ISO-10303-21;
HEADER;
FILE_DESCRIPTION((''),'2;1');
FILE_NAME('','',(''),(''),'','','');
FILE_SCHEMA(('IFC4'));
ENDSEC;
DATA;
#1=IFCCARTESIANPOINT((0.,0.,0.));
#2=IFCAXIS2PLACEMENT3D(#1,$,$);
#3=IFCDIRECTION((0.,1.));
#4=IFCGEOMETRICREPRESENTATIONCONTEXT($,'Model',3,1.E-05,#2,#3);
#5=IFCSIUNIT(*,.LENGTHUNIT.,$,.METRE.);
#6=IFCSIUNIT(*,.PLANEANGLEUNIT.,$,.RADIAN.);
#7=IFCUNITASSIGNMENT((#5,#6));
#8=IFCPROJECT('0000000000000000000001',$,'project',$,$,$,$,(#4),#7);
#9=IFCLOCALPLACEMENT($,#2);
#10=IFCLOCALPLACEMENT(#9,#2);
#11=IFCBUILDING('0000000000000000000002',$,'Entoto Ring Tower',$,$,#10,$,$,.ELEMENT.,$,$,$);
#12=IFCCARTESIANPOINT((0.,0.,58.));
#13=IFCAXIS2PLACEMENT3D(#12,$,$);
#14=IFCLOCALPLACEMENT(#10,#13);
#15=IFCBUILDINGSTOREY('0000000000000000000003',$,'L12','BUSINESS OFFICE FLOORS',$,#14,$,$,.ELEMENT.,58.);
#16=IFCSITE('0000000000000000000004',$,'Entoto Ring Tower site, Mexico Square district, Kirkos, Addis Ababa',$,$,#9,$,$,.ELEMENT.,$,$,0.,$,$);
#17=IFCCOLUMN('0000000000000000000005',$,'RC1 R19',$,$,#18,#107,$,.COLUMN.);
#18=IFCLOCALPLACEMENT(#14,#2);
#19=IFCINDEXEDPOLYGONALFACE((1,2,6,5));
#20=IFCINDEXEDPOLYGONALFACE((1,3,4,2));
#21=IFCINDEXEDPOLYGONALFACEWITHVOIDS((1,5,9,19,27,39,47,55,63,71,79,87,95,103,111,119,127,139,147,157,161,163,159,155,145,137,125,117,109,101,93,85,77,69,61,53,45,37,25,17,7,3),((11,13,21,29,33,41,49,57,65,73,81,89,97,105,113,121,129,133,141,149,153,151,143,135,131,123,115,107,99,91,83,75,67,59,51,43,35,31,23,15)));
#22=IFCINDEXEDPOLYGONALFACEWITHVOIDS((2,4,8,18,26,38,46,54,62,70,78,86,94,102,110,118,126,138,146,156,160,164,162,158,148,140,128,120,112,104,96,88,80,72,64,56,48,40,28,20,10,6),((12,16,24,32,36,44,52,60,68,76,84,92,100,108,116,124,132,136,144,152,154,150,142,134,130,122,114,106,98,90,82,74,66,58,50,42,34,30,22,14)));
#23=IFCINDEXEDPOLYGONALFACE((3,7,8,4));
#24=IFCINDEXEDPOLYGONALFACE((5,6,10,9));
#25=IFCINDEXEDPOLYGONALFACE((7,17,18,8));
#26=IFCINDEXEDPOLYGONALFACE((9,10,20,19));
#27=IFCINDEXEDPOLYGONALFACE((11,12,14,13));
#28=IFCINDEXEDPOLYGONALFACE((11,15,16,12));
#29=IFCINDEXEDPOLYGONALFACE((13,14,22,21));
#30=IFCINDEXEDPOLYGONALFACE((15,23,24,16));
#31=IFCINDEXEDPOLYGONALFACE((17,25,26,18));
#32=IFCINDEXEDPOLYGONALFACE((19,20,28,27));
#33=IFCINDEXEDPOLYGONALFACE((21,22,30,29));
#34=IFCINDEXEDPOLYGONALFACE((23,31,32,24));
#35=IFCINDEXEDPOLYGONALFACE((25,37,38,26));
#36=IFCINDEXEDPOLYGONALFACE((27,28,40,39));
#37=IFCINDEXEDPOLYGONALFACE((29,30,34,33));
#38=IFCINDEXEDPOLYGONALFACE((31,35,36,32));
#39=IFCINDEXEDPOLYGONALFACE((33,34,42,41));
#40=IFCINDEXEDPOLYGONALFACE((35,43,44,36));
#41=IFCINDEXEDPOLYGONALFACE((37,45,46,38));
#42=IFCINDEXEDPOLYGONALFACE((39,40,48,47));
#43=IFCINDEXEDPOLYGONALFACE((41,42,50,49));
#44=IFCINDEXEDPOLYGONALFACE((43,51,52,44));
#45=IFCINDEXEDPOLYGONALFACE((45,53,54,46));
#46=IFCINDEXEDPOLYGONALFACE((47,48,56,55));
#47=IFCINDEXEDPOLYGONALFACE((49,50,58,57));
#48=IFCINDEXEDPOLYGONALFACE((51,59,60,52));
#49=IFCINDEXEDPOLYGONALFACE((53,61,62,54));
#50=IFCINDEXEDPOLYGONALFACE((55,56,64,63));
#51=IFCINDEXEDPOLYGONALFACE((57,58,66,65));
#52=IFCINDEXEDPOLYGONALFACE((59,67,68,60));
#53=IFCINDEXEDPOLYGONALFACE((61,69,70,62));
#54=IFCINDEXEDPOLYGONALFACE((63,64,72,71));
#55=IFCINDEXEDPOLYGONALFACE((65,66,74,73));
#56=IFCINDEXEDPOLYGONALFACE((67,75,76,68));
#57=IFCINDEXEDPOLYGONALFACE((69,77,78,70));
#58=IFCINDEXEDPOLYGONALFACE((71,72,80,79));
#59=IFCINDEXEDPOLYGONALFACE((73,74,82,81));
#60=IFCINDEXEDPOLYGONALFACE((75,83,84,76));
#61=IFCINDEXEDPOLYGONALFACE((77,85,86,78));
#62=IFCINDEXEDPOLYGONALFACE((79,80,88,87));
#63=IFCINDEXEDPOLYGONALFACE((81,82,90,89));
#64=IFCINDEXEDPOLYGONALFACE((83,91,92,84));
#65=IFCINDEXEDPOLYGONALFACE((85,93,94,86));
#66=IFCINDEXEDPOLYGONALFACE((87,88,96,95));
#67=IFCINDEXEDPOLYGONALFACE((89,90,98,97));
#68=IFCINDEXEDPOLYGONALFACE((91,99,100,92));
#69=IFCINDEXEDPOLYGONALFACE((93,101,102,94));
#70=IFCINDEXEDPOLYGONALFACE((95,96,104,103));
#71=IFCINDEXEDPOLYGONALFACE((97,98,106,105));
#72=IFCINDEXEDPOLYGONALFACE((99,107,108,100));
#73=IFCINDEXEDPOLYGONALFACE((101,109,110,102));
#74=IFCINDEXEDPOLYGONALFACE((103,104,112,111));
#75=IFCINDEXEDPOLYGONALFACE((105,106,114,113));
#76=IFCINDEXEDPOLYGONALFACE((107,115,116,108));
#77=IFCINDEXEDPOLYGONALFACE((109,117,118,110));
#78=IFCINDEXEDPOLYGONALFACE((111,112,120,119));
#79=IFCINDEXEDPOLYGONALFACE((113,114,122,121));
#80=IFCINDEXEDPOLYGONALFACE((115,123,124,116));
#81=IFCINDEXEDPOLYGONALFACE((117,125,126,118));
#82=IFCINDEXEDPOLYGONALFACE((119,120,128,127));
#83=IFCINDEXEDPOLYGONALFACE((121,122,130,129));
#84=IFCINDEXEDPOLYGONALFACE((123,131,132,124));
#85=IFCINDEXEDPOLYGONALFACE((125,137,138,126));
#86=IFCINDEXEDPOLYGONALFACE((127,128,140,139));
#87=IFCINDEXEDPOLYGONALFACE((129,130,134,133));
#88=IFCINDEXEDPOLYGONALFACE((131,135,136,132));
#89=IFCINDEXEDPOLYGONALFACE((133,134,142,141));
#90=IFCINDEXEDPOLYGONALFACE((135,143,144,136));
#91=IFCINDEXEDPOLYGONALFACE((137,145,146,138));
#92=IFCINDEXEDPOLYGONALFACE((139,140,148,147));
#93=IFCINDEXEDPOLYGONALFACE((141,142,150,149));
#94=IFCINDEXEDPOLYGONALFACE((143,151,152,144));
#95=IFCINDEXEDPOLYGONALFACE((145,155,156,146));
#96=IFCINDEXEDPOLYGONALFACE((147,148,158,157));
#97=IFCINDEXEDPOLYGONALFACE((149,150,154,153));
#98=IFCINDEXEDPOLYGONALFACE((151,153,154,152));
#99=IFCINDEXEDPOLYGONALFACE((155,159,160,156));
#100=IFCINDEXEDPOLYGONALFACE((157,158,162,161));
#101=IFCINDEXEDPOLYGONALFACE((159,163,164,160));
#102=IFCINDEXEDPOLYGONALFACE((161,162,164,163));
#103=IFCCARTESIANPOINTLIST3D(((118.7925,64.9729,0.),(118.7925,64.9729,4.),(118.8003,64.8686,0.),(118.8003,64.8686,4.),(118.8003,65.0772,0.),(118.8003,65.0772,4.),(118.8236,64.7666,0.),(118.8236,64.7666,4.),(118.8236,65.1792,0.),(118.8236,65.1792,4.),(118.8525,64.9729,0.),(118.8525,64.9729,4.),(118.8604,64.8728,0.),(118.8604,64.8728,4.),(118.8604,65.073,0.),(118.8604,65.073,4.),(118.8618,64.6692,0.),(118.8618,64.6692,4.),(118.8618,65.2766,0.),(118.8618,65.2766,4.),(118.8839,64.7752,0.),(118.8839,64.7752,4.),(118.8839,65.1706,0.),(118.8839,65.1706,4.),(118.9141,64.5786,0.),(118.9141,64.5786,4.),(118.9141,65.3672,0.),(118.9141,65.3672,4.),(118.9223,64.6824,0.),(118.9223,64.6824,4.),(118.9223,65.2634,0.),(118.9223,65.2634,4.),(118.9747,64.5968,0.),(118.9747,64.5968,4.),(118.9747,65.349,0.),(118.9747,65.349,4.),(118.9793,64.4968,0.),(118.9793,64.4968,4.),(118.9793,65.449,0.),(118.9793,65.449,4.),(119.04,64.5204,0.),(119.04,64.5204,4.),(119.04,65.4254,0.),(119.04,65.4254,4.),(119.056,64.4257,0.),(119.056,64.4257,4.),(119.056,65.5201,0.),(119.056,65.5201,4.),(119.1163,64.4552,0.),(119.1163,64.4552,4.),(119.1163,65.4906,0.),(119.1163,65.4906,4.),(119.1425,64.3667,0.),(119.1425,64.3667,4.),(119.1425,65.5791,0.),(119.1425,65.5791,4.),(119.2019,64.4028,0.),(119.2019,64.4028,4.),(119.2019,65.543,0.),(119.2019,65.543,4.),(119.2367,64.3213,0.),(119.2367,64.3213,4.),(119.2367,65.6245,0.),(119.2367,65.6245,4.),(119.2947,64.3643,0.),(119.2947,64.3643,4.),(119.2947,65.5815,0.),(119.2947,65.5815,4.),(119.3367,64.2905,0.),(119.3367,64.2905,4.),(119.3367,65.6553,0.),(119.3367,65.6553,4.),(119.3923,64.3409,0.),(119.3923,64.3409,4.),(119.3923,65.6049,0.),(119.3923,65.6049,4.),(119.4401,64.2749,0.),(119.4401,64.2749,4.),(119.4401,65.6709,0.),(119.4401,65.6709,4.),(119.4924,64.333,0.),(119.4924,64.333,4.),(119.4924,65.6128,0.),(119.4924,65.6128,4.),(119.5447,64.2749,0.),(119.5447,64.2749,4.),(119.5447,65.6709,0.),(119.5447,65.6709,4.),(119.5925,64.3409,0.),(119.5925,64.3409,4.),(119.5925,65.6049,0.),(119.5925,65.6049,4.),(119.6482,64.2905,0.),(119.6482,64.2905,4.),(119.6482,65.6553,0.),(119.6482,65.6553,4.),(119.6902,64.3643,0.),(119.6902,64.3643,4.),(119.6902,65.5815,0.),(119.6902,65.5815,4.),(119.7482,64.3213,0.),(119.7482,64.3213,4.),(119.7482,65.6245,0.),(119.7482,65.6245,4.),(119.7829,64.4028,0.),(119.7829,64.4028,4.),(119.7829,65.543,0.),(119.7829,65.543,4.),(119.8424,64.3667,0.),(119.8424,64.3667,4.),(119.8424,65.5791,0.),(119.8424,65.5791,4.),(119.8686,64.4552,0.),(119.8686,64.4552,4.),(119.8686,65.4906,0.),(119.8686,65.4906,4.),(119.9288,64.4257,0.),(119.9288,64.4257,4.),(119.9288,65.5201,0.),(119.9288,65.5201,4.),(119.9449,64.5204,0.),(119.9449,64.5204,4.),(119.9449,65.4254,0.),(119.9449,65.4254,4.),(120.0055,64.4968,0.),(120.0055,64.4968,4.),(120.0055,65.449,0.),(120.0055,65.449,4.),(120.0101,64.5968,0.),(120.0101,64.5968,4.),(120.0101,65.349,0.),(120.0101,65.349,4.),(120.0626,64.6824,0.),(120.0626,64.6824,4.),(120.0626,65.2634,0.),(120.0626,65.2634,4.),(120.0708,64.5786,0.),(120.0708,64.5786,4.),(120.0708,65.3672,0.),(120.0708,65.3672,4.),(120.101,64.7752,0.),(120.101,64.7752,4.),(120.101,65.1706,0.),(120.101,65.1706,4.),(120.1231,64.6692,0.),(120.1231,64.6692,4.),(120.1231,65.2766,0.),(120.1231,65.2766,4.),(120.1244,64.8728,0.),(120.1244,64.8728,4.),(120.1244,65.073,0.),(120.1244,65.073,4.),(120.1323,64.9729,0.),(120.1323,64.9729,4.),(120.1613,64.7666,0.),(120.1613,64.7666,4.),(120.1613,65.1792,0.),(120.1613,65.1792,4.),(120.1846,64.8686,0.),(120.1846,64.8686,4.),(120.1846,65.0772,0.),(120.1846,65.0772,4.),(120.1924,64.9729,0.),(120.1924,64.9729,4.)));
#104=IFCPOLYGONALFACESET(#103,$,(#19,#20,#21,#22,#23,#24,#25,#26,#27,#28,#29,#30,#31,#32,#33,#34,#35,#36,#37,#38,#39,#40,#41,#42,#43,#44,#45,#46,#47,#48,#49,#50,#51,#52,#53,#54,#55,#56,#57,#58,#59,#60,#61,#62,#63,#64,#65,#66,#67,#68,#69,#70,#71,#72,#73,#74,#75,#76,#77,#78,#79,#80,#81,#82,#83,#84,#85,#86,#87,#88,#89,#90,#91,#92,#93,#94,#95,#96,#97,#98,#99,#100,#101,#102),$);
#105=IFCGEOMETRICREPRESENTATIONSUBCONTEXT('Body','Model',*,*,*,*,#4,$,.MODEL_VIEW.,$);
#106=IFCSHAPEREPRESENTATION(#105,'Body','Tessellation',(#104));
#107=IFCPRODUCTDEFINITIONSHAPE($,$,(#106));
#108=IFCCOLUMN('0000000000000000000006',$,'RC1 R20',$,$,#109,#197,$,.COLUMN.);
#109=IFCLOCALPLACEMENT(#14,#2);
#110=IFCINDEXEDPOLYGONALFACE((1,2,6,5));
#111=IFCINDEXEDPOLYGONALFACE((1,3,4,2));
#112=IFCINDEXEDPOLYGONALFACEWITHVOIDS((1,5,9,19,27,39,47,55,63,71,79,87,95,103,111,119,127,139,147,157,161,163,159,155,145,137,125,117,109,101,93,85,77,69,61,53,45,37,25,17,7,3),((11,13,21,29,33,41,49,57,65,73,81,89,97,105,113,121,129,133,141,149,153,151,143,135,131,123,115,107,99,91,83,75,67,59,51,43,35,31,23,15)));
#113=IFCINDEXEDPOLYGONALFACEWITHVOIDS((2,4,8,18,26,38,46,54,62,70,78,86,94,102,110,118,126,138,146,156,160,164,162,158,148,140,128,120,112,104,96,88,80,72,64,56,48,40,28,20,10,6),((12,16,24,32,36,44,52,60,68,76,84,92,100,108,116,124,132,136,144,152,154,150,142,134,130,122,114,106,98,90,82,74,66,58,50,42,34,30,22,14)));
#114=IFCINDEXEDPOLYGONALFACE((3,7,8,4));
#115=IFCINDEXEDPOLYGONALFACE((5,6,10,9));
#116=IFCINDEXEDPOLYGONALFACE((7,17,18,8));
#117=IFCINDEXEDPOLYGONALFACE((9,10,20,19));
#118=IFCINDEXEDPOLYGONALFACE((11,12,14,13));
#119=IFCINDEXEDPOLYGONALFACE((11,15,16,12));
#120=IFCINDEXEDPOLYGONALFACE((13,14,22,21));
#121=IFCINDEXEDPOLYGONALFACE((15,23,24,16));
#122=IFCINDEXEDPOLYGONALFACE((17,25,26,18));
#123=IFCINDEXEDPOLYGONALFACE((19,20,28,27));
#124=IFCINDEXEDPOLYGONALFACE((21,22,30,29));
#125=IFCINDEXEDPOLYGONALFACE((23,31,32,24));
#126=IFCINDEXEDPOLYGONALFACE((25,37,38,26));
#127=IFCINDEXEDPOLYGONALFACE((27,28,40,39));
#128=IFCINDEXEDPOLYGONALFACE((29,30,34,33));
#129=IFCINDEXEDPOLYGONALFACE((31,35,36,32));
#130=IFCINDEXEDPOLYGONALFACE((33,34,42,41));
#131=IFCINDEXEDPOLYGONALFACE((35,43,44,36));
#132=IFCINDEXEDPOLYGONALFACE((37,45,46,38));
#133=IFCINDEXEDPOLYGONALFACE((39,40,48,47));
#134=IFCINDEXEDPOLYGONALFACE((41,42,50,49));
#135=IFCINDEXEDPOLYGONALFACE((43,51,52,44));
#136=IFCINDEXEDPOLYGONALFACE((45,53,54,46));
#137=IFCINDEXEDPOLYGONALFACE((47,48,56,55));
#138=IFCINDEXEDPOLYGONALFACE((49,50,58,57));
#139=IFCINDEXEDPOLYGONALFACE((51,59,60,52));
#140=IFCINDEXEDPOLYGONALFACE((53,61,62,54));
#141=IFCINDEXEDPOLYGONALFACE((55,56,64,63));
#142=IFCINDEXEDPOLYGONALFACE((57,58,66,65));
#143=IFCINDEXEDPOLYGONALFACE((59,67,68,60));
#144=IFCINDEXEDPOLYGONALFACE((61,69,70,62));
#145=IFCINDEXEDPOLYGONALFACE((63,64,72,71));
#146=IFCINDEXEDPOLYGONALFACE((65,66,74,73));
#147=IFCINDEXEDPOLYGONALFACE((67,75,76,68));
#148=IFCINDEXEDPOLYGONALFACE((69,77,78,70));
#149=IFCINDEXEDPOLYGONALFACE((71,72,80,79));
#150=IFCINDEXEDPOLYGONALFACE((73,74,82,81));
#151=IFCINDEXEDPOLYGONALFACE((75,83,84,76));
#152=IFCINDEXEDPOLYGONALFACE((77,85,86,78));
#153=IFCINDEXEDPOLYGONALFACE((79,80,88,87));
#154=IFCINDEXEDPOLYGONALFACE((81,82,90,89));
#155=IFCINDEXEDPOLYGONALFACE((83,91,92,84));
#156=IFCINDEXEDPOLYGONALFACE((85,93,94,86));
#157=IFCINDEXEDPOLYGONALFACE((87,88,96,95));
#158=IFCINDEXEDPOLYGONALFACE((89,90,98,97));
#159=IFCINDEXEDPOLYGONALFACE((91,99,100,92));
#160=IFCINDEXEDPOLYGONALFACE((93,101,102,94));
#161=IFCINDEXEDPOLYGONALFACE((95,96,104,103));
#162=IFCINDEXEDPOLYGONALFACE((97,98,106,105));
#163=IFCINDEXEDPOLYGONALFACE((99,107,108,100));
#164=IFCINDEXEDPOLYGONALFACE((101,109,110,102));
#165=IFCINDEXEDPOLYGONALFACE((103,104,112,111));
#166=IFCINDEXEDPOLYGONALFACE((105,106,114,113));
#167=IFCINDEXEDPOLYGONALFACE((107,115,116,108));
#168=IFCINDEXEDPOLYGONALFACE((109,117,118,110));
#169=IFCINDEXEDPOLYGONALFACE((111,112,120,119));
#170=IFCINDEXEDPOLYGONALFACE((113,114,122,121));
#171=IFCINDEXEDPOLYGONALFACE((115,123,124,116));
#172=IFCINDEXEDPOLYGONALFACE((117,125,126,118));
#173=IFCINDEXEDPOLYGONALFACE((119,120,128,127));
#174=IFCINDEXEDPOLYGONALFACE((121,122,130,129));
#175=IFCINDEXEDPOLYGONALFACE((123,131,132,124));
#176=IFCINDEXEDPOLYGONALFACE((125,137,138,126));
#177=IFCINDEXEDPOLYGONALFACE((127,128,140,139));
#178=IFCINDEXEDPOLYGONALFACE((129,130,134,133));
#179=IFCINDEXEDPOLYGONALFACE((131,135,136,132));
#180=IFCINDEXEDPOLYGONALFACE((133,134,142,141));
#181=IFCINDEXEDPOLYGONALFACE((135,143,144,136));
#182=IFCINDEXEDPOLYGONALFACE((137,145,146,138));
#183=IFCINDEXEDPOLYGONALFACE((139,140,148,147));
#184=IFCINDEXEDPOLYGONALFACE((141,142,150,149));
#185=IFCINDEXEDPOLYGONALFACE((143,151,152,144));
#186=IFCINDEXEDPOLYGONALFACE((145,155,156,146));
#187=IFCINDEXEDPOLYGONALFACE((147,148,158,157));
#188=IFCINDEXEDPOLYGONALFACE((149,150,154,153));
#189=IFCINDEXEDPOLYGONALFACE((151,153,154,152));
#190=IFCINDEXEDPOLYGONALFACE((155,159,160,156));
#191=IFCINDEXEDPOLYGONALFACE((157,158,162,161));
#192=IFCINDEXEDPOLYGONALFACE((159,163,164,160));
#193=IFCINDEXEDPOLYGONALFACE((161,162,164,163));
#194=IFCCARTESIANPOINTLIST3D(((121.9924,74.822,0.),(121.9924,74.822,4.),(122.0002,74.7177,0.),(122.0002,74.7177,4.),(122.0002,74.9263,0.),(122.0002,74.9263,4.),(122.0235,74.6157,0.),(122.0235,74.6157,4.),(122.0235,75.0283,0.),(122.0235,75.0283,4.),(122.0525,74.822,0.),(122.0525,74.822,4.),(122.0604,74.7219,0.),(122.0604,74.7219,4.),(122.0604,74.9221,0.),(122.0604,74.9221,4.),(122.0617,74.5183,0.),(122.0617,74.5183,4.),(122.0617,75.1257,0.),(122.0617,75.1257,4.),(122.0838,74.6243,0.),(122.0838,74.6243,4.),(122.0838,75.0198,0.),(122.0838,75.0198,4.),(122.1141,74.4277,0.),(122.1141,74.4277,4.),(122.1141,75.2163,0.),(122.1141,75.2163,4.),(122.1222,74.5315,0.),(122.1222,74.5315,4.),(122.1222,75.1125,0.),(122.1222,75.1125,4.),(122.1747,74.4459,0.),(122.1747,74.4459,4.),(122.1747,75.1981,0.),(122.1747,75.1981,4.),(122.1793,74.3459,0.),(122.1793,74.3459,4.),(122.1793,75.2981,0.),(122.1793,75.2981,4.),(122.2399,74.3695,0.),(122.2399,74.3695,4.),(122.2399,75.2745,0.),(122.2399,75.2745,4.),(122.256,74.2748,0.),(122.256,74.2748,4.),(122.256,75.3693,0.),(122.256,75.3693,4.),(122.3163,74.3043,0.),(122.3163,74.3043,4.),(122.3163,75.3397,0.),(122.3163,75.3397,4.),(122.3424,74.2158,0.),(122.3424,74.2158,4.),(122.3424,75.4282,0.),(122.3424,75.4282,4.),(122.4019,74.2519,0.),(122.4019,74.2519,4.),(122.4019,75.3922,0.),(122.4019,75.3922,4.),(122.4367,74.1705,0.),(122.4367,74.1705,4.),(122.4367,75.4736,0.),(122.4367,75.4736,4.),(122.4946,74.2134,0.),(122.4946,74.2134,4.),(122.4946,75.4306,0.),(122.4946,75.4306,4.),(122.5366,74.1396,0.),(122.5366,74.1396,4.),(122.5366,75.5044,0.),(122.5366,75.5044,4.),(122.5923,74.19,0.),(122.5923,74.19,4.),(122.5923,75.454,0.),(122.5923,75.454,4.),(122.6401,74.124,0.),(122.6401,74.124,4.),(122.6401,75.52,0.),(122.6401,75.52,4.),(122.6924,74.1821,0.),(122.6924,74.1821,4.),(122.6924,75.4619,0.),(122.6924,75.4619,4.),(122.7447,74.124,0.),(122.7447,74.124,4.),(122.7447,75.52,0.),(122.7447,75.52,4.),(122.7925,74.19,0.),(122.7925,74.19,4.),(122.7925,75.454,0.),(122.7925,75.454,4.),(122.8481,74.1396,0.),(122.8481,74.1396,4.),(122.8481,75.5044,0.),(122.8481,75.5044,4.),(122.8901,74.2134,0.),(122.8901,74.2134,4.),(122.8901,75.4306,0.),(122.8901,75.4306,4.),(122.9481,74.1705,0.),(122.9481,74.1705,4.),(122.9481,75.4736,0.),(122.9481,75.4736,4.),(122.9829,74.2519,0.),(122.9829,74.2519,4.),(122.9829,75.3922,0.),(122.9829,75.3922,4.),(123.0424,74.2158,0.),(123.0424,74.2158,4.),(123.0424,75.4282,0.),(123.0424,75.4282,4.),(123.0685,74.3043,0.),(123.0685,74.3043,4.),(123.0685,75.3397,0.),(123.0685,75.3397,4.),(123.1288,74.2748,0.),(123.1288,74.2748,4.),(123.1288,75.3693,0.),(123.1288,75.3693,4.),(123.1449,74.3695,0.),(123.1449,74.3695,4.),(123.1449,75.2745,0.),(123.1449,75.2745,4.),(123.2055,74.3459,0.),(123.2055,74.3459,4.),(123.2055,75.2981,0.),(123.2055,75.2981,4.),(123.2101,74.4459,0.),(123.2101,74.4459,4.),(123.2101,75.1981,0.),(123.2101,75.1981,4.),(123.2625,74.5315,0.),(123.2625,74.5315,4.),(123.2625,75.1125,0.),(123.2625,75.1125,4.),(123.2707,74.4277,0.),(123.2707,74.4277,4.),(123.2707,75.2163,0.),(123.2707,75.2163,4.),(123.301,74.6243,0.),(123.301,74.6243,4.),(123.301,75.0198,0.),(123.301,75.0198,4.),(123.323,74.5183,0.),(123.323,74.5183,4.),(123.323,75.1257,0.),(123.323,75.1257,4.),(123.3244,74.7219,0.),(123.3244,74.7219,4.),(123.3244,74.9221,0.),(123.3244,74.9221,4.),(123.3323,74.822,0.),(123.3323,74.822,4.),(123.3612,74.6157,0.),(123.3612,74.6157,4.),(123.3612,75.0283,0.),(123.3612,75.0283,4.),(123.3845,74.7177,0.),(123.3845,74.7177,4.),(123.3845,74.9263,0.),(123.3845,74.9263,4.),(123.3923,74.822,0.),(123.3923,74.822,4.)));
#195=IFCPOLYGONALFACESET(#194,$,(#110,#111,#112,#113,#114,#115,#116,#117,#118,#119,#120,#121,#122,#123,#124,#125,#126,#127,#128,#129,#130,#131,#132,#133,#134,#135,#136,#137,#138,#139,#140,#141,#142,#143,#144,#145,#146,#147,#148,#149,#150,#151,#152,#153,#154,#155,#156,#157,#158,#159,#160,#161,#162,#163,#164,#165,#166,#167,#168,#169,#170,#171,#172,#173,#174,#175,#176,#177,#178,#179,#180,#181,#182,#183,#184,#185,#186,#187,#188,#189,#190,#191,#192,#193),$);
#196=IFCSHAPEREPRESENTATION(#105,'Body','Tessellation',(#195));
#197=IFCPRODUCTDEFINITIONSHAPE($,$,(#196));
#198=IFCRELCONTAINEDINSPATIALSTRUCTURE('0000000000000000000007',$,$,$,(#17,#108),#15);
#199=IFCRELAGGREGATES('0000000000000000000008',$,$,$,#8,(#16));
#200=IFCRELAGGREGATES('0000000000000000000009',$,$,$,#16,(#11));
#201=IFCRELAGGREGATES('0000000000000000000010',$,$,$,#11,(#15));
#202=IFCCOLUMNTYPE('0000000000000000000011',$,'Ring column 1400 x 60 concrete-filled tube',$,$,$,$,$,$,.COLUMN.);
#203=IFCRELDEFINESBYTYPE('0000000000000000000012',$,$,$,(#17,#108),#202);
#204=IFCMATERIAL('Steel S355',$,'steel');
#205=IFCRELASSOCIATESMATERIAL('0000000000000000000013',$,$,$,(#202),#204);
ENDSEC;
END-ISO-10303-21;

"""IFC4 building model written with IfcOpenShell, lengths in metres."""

from ifc_helpers import new_model, si_unit, direction, frame, origin, origin_2d, place, context, subcontext, project, spatial, circle, hollow_circle, extrude, material, material_profile, profile_set, type_object, element, save


model = new_model("IFC4")

# Units and contexts
model_context = context("Model", 3, precision=1e-05, world=origin(), true_north=direction((0.0, 1.0)))
body_context = subcontext(model_context, "Body", "Model", "MODEL_VIEW")
ifc_project = project(units=[si_unit("LENGTHUNIT", "METRE"), si_unit("PLANEANGLEUNIT", "RADIAN")], contexts=[model_context])

# Site, building, storey
site_placement = place(None, origin())
site = spatial("IfcSite", under=ifc_project, at=site_placement, Name="Entoto Ring Tower site, Mexico Square district, Kirkos, Addis Ababa", CompositionType="ELEMENT", RefElevation=0.0)
building_placement = place(site_placement, origin())
building = spatial("IfcBuilding", under=site, at=building_placement, Name="Entoto Ring Tower", CompositionType="ELEMENT")
storey_placement = place(building_placement, frame((0.0, 0.0, 58.0)))
storey = spatial("IfcBuildingStorey", under=building, at=storey_placement, Name="L12", Description="BUSINESS OFFICE FLOORS", CompositionType="ELEMENT", Elevation=58.0)

# Columns
ifc_material_1 = material(Name="Steel S355", Category="steel")
ifc_material_profile_1 = material_profile(ifc_material_1, hollow_circle(Radius=0.7, WallThickness=0.0601, at=origin_2d()), Name="CHS 1400 x 60")
ifc_material_2 = material(Name="Concrete C60/75", Category="concrete")
ifc_material_profile_2 = material_profile(ifc_material_2, circle(Radius=0.6399, at=origin_2d()), Name="Concrete C60/75 infill")
ifc_profile_set_1 = profile_set([ifc_material_profile_1, ifc_material_profile_2], Name="Steel S355")
column_type = type_object("IfcColumnType", Name="Ring column 1400 x 60 concrete-filled tube", PredefinedType="COLUMN", material=ifc_profile_set_1)
for number, where, z_axis, x_axis, name in (
    (1, (119.4924, 64.9729, 0.0), (0.0, 0.0, 1.0), (1.0, 0.0, 0.0), "RC1 R19"),
    (2, (122.6924, 74.822, 0.0), (0.0, 0.0, 1.0), (1.0, 0.0, 0.0), "RC1 R20"),
):
    element("IfcColumn", number, at=place(storey_placement, frame(where, z_axis=z_axis, x_axis=x_axis)), inside=storey, type_object=column_type, Name=name, PredefinedType="COLUMN", context=body_context, shape_type="SweptSolid", body=[
        extrude(hollow_circle(Radius=0.7, WallThickness=0.0601, at=origin_2d()), origin(), (0.0, 0.0, 1.0), 4.0),
    ])

save(model, "model.ifc")
